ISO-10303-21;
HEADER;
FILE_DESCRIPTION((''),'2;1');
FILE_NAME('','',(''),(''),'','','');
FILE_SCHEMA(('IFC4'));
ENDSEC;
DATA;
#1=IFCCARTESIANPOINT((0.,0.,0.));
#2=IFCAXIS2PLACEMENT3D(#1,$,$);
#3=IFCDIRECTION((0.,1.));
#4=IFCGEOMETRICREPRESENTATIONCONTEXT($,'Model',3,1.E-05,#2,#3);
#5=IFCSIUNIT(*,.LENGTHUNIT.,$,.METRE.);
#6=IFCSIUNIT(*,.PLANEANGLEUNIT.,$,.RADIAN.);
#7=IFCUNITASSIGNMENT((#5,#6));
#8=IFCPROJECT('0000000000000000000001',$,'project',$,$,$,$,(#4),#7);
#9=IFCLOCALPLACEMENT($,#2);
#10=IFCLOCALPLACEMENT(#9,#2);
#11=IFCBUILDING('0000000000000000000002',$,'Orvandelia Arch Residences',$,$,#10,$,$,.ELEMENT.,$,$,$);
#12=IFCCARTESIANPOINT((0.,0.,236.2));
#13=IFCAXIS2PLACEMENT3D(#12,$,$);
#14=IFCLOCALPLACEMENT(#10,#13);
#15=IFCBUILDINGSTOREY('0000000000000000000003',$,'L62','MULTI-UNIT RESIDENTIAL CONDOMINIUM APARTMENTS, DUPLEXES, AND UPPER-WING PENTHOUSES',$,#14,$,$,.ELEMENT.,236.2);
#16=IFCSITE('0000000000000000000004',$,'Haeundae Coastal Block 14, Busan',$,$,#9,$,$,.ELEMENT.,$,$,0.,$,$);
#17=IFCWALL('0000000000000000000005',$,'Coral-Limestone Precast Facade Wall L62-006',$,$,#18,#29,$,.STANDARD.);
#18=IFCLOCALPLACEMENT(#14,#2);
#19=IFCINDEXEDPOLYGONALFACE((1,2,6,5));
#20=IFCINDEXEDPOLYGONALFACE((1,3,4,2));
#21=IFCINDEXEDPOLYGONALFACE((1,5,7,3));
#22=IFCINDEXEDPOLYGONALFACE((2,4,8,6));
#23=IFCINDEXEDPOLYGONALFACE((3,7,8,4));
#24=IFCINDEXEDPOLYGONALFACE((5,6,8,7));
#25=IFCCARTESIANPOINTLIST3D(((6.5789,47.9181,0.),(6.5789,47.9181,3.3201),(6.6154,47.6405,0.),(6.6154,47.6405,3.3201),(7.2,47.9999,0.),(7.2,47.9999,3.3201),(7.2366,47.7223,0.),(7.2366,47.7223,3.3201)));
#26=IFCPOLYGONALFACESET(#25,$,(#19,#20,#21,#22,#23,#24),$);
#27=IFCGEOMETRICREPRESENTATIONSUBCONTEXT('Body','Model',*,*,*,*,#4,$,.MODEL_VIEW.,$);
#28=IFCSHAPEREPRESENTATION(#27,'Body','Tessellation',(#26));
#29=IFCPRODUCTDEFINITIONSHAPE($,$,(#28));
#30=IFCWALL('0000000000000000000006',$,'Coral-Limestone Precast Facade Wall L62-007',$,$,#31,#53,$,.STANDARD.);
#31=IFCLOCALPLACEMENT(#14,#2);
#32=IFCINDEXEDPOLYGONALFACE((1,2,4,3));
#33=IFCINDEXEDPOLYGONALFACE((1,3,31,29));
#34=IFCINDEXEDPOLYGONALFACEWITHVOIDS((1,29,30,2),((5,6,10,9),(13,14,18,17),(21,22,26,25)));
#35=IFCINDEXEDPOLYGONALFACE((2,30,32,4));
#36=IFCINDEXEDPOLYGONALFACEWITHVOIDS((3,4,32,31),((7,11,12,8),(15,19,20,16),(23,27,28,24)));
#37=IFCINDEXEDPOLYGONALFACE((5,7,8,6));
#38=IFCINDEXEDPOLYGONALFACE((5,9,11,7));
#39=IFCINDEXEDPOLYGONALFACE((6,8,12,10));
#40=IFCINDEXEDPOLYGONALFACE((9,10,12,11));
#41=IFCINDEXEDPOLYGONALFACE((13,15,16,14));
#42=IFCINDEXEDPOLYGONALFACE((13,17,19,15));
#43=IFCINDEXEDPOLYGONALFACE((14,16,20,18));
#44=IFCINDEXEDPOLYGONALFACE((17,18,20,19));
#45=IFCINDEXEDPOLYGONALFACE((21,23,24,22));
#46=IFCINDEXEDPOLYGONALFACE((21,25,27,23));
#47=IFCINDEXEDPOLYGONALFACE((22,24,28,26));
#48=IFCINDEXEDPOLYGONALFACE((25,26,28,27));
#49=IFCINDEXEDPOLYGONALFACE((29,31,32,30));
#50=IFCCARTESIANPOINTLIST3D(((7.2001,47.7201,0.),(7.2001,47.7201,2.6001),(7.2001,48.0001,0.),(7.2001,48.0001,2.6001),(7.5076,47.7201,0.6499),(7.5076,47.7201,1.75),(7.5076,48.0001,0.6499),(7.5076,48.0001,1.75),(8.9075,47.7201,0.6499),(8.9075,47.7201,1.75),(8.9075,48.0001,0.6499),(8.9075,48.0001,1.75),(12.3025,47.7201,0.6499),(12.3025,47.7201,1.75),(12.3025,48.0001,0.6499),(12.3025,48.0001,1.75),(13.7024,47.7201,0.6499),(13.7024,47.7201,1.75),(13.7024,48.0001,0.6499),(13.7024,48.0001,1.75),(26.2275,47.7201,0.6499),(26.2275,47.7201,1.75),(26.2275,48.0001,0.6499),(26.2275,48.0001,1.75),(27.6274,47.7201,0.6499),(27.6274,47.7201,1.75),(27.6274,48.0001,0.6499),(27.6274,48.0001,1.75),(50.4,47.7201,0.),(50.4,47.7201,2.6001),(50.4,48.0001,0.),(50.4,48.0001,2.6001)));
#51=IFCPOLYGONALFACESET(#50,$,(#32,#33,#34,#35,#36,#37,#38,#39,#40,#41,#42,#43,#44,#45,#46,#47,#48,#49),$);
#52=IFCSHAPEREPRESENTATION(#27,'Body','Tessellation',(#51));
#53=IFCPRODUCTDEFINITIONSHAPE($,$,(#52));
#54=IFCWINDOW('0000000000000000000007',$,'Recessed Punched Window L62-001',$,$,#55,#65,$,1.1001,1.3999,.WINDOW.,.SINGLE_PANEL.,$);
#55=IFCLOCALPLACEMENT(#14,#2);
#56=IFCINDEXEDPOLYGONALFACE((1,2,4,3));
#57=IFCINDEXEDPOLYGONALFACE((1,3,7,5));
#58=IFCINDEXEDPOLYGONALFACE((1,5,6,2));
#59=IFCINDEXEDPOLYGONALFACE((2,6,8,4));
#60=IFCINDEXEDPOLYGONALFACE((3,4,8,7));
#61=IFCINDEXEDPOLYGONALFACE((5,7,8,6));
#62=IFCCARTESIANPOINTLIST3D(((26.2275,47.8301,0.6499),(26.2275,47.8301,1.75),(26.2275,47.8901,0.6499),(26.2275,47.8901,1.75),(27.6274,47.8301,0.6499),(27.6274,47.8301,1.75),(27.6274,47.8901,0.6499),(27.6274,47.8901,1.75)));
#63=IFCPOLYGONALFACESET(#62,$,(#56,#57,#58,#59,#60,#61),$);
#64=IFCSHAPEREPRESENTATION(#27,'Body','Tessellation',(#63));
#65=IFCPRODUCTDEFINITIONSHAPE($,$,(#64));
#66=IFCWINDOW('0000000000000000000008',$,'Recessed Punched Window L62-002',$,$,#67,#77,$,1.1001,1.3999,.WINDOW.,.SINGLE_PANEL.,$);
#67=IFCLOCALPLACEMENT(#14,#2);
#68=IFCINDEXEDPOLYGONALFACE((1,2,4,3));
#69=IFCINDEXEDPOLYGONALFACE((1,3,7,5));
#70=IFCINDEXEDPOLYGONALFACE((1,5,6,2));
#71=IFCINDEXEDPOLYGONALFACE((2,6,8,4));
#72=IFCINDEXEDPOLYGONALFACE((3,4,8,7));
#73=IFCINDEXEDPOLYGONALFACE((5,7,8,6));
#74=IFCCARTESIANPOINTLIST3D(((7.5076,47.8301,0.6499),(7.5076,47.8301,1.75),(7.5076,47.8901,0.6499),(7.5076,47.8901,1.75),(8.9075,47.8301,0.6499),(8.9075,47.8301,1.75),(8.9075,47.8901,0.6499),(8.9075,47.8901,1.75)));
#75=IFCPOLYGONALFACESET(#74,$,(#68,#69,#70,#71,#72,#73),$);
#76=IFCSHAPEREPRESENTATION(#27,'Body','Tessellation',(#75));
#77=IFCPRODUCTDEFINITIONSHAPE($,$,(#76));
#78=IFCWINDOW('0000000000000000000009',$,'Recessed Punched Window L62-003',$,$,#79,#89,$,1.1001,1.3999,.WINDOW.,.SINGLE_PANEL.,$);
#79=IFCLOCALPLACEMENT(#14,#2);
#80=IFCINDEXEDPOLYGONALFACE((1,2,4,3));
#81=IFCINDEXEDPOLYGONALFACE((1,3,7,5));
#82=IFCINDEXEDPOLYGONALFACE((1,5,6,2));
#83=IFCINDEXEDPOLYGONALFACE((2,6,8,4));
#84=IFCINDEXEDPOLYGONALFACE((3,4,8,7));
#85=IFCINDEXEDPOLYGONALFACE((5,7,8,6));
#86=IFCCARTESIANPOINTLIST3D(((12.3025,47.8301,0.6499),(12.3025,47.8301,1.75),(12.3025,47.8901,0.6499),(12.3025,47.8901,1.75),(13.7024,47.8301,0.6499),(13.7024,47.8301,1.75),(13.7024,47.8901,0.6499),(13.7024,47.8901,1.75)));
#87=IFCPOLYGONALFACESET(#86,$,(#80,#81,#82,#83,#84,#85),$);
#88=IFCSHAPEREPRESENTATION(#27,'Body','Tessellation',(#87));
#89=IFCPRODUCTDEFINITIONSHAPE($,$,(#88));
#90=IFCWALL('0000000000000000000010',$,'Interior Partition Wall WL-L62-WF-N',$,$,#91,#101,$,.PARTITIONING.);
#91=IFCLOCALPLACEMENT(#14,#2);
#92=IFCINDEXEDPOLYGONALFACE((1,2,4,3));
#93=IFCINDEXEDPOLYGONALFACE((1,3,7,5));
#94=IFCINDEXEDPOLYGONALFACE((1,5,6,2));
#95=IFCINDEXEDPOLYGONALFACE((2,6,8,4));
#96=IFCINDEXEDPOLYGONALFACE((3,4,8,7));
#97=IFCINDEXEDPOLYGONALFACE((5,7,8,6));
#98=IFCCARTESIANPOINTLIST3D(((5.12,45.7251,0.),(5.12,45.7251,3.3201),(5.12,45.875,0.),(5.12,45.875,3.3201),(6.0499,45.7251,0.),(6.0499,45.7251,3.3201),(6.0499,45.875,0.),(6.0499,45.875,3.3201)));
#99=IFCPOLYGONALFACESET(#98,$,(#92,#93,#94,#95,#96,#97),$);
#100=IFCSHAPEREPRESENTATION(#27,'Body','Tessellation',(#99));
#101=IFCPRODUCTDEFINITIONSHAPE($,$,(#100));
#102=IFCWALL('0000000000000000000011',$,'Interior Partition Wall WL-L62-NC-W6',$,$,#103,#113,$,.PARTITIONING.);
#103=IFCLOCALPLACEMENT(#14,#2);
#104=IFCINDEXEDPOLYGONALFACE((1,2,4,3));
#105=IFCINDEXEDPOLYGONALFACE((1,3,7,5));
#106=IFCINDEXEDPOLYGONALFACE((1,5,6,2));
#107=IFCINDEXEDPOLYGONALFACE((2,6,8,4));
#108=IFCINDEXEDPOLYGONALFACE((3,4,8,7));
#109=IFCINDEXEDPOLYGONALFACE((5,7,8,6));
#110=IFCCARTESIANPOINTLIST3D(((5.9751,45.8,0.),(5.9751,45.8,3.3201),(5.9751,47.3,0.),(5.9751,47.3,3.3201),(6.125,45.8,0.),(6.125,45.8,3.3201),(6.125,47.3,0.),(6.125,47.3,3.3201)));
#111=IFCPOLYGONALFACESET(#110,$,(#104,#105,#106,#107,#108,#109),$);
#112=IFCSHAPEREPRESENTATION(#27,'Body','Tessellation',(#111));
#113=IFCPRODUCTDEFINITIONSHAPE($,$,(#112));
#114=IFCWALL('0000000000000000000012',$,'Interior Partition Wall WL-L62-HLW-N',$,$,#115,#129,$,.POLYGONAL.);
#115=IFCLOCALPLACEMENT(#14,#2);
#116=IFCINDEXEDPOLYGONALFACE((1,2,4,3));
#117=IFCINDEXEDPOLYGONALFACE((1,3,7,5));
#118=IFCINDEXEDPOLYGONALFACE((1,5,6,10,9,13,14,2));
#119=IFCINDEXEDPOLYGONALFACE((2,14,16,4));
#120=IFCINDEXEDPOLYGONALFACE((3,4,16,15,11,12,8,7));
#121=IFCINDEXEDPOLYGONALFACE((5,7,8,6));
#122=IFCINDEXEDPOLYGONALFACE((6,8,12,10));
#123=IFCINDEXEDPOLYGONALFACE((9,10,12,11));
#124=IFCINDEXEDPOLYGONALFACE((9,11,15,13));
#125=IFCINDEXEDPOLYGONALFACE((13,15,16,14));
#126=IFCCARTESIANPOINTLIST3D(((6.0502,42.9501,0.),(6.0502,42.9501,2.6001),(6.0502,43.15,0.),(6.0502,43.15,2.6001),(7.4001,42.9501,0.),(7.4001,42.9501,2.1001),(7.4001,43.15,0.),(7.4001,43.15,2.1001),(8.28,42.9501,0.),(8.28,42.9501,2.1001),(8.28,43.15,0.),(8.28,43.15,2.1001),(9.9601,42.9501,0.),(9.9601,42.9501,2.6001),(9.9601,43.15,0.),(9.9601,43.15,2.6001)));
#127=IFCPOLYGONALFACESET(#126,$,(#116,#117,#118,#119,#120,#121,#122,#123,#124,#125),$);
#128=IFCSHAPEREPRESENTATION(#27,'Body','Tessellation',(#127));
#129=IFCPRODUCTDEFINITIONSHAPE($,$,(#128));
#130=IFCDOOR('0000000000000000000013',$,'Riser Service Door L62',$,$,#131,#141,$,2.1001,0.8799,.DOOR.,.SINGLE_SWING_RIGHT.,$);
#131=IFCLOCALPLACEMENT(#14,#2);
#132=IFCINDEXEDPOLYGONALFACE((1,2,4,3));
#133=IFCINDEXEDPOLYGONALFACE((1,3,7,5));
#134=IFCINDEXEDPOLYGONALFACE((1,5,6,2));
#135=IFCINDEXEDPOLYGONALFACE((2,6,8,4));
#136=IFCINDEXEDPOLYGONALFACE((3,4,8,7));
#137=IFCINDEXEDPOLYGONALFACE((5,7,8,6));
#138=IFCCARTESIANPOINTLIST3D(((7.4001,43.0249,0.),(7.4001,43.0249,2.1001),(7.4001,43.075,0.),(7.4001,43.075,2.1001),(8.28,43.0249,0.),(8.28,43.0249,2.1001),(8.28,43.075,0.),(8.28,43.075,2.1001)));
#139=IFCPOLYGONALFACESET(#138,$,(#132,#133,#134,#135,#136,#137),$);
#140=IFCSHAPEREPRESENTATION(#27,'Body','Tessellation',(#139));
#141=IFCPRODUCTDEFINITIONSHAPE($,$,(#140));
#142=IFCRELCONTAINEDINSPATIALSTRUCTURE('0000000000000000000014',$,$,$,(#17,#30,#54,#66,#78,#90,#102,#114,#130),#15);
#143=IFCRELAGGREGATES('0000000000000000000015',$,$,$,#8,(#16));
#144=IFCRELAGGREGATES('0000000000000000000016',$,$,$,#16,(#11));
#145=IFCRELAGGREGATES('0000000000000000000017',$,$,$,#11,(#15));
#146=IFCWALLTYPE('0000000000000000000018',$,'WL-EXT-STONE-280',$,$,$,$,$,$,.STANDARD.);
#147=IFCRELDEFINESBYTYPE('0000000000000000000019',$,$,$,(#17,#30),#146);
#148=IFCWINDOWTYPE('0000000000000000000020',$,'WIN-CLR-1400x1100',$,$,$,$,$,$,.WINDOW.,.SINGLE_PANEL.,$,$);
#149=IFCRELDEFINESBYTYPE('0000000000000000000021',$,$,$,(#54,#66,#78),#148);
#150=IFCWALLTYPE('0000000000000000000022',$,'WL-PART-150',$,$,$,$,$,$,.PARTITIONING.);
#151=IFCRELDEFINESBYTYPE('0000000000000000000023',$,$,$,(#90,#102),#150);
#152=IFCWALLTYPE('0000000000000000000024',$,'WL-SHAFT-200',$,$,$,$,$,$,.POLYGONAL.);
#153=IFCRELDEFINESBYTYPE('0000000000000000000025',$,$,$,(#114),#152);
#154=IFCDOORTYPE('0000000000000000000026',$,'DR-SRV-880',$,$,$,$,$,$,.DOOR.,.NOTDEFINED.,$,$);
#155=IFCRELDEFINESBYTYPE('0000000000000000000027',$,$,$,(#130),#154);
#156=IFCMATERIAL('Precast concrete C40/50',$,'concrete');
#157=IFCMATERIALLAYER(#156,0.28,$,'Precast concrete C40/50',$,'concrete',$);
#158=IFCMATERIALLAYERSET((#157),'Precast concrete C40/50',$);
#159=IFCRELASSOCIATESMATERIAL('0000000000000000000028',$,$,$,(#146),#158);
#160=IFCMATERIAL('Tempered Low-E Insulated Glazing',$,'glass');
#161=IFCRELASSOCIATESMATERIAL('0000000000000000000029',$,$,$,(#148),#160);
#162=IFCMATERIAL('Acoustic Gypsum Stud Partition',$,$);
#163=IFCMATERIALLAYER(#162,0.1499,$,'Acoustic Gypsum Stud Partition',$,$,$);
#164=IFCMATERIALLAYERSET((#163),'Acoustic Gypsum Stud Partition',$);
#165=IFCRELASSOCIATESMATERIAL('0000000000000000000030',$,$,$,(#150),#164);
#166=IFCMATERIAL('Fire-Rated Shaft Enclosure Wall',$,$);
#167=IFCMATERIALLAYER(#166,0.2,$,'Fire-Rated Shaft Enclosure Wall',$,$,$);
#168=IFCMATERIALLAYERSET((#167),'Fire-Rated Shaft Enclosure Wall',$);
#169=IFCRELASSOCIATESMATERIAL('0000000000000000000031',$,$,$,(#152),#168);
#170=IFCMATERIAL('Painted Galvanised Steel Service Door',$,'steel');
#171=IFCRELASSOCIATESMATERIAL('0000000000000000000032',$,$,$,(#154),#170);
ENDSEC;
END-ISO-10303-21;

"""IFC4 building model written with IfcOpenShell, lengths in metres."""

from ifc_helpers import new_model, si_unit, direction, frame, frame_2d, origin, place, context, subcontext, project, spatial, rectangle, extrude, material, layer, layer_set, type_object, element, fill, save


model = new_model("IFC4")

# Units and contexts
model_context = context("Model", 3, precision=1e-05, world=origin(), true_north=direction((0.0, 1.0)))
body_context = subcontext(model_context, "Body", "Model", "MODEL_VIEW")
ifc_project = project(units=[si_unit("LENGTHUNIT", "METRE"), si_unit("PLANEANGLEUNIT", "RADIAN")], contexts=[model_context])

# Site, building, storey
site_placement = place(None, origin())
site = spatial("IfcSite", under=ifc_project, at=site_placement, Name="Haeundae Coastal Block 14, Busan", CompositionType="ELEMENT", RefElevation=0.0)
building_placement = place(site_placement, origin())
building = spatial("IfcBuilding", under=site, at=building_placement, Name="Orvandelia Arch Residences", CompositionType="ELEMENT")
storey_placement = place(building_placement, frame((0.0, 0.0, 236.2)))
storey = spatial("IfcBuildingStorey", under=building, at=storey_placement, Name="L62", Description="MULTI-UNIT RESIDENTIAL CONDOMINIUM APARTMENTS, DUPLEXES, AND UPPER-WING PENTHOUSES", CompositionType="ELEMENT", Elevation=236.2)

# Wall
ifc_material_1 = material(Name="Precast concrete C40/50", Category="concrete")
ifc_layer_1 = layer(ifc_material_1, 0.28, Name="Precast concrete C40/50", Category="concrete")
ifc_layer_set_1 = layer_set([ifc_layer_1], Name="Precast concrete C40/50")
wall_type_1 = type_object("IfcWallType", Name="WL-EXT-STONE-280", PredefinedType="STANDARD", material=ifc_layer_set_1)
wall_1_placement = place(storey_placement, frame((6.5972, 47.7793, 0.0), z_axis=(0.0, 0.0, 1.0), x_axis=(0.991441, 0.130555, 0.0)))
element("IfcWall", 1, at=wall_1_placement, inside=storey, type_object=wall_type_1, Name="Coral-Limestone Precast Facade Wall L62-006", PredefinedType="STANDARD", context=body_context, shape_type="SweptSolid", body=[
    extrude(rectangle(XDim=0.6265, YDim=0.28, at=frame_2d((0.3132, 0.0))), origin(), (0.0, 0.0, 1.0), 3.3201),
])

# Wall, openings, windows
wall_2_placement = place(storey_placement, frame((7.2, 47.8601, 0.0), z_axis=(0.0, 0.0, 1.0), x_axis=(1.0, 0.0, 0.0)))
wall_2 = element("IfcWall", 2, at=wall_2_placement, inside=storey, type_object=wall_type_1, Name="Coral-Limestone Precast Facade Wall L62-007", PredefinedType="STANDARD", context=body_context, shape_type="SweptSolid", body=[
    extrude(rectangle(XDim=43.2, YDim=0.28, at=frame_2d((21.6001, 0.0))), origin(), (0.0, 0.0, 1.0), 2.6001),
])
opening_1_placement = place(wall_2_placement, frame((19.0276, 0.0, 0.6499)))
opening_1 = element("IfcOpeningElement", 3, at=opening_1_placement, cuts=wall_2, PredefinedType="OPENING", context=body_context, shape_type="SweptSolid", body=[
    extrude(rectangle(XDim=1.3999, YDim=1.1001, at=frame_2d((0.7, 0.55))), frame((0.0, 0.1499, 0.0), z_axis=(0.0, -1.0, 0.0), x_axis=(1.0, 0.0, 0.0)), (0.0, 0.0, 1.0), 0.3),
])
opening_2_placement = place(wall_2_placement, frame((0.3076, 0.0, 0.6499)))
opening_2 = element("IfcOpeningElement", 4, at=opening_2_placement, cuts=wall_2, PredefinedType="OPENING", context=body_context, shape_type="SweptSolid", body=[
    extrude(rectangle(XDim=1.3999, YDim=1.1001, at=frame_2d((0.7, 0.55))), frame((0.0, 0.1499, 0.0), z_axis=(0.0, -1.0, 0.0), x_axis=(1.0, 0.0, 0.0)), (0.0, 0.0, 1.0), 0.3),
])
opening_3_placement = place(wall_2_placement, frame((5.1025, 0.0, 0.6499)))
opening_3 = element("IfcOpeningElement", 5, at=opening_3_placement, cuts=wall_2, PredefinedType="OPENING", context=body_context, shape_type="SweptSolid", body=[
    extrude(rectangle(XDim=1.3999, YDim=1.1001, at=frame_2d((0.7, 0.55))), frame((0.0, 0.1499, 0.0), z_axis=(0.0, -1.0, 0.0), x_axis=(1.0, 0.0, 0.0)), (0.0, 0.0, 1.0), 0.3),
])
ifc_material_2 = material(Name="Tempered Low-E Insulated Glazing", Category="glass")
window_type = type_object("IfcWindowType", Name="WIN-CLR-1400x1100", PartitioningType="SINGLE_PANEL", PredefinedType="WINDOW", material=ifc_material_2)
window_1_placement = place(opening_1_placement, origin())
window_1 = element("IfcWindow", 6, at=window_1_placement, inside=storey, type_object=window_type, Name="Recessed Punched Window L62-001", OverallHeight=1.1001, OverallWidth=1.3999, PartitioningType="SINGLE_PANEL", PredefinedType="WINDOW", context=body_context, shape_type="SweptSolid", body=[
    extrude(rectangle(XDim=1.3999, YDim=1.1001, at=frame_2d((0.7, 0.55))), frame((0.0, 0.03, 0.0), z_axis=(0.0, -1.0, 0.0), x_axis=(1.0, 0.0, 0.0)), (0.0, 0.0, 1.0), 0.0601),
])
fill(opening_1, window_1)
window_2_placement = place(opening_2_placement, origin())
window_2 = element("IfcWindow", 7, at=window_2_placement, inside=storey, type_object=window_type, Name="Recessed Punched Window L62-002", OverallHeight=1.1001, OverallWidth=1.3999, PartitioningType="SINGLE_PANEL", PredefinedType="WINDOW", context=body_context, shape_type="SweptSolid", body=[
    extrude(rectangle(XDim=1.3999, YDim=1.1001, at=frame_2d((0.7, 0.55))), frame((0.0, 0.03, 0.0), z_axis=(0.0, -1.0, 0.0), x_axis=(1.0, 0.0, 0.0)), (0.0, 0.0, 1.0), 0.0601),
])
fill(opening_2, window_2)
window_3_placement = place(opening_3_placement, origin())
window_3 = element("IfcWindow", 8, at=window_3_placement, inside=storey, type_object=window_type, Name="Recessed Punched Window L62-003", OverallHeight=1.1001, OverallWidth=1.3999, PartitioningType="SINGLE_PANEL", PredefinedType="WINDOW", context=body_context, shape_type="SweptSolid", body=[
    extrude(rectangle(XDim=1.3999, YDim=1.1001, at=frame_2d((0.7, 0.55))), frame((0.0, 0.03, 0.0), z_axis=(0.0, -1.0, 0.0), x_axis=(1.0, 0.0, 0.0)), (0.0, 0.0, 1.0), 0.0601),
])
fill(opening_3, window_3)

# Walls
ifc_material_3 = material(Name="Acoustic Gypsum Stud Partition")
ifc_layer_2 = layer(ifc_material_3, 0.1499, Name="Acoustic Gypsum Stud Partition")
ifc_layer_set_2 = layer_set([ifc_layer_2], Name="Acoustic Gypsum Stud Partition")
wall_type_2 = type_object("IfcWallType", Name="WL-PART-150", PredefinedType="PARTITIONING", material=ifc_layer_set_2)
wall_3_placement = place(storey_placement, frame((5.1201, 45.8, 0.0), z_axis=(0.0, 0.0, 1.0), x_axis=(1.0, 0.0, 0.0)))
element("IfcWall", 9, at=wall_3_placement, inside=storey, type_object=wall_type_2, Name="Interior Partition Wall WL-L62-WF-N", PredefinedType="PARTITIONING", context=body_context, shape_type="SweptSolid", body=[
    extrude(rectangle(XDim=0.9299, YDim=0.1499, at=frame_2d((0.4648, 0.0))), origin(), (0.0, 0.0, 1.0), 3.3201),
])
wall_4_placement = place(storey_placement, frame((6.05, 45.8, 0.0), z_axis=(0.0, 0.0, 1.0), x_axis=(0.0, 1.0, 0.0)))
element("IfcWall", 10, at=wall_4_placement, inside=storey, type_object=wall_type_2, Name="Interior Partition Wall WL-L62-NC-W6", PredefinedType="PARTITIONING", context=body_context, shape_type="SweptSolid", body=[
    extrude(rectangle(XDim=1.5, YDim=0.1499, at=frame_2d((0.75, 0.0))), origin(), (0.0, 0.0, 1.0), 3.3201),
])

# Wall, opening, door
ifc_material_4 = material(Name="Fire-Rated Shaft Enclosure Wall")
ifc_layer_3 = layer(ifc_material_4, 0.2, Name="Fire-Rated Shaft Enclosure Wall")
ifc_layer_set_3 = layer_set([ifc_layer_3], Name="Fire-Rated Shaft Enclosure Wall")
wall_type_3 = type_object("IfcWallType", Name="WL-SHAFT-200", PredefinedType="POLYGONAL", material=ifc_layer_set_3)
wall_5_placement = place(storey_placement, frame((6.05, 43.05, 0.0), z_axis=(0.0, 0.0, 1.0), x_axis=(1.0, 0.0, 0.0)))
wall_5 = element("IfcWall", 11, at=wall_5_placement, inside=storey, type_object=wall_type_3, Name="Interior Partition Wall WL-L62-HLW-N", PredefinedType="POLYGONAL", context=body_context, shape_type="SweptSolid", body=[
    extrude(rectangle(XDim=3.9099, YDim=0.2, at=frame_2d((1.9551, 0.0))), origin(), (0.0, 0.0, 1.0), 2.6001),
])
opening_4_placement = place(wall_5_placement, frame((1.3501, 0.0, 0.0)))
opening_4 = element("IfcOpeningElement", 12, at=opening_4_placement, cuts=wall_5, PredefinedType="OPENING", context=body_context, shape_type="SweptSolid", body=[
    extrude(rectangle(XDim=0.8799, YDim=2.1001, at=frame_2d((0.4399, 1.05))), frame((0.0, 0.1099, 0.0), z_axis=(0.0, -1.0, 0.0), x_axis=(1.0, 0.0, 0.0)), (0.0, 0.0, 1.0), 0.22),
])
ifc_material_5 = material(Name="Painted Galvanised Steel Service Door", Category="steel")
door_type = type_object("IfcDoorType", Name="DR-SRV-880", OperationType="NOTDEFINED", PredefinedType="DOOR", material=ifc_material_5)
door_placement = place(opening_4_placement, origin())
door = element("IfcDoor", 13, at=door_placement, inside=storey, type_object=door_type, Name="Riser Service Door L62", OperationType="SINGLE_SWING_RIGHT", OverallHeight=2.1001, OverallWidth=0.8799, PredefinedType="DOOR", context=body_context, shape_type="SweptSolid", body=[
    extrude(rectangle(XDim=0.8799, YDim=2.1001, at=frame_2d((0.4399, 1.05))), frame((0.0, 0.0249, 0.0), z_axis=(0.0, -1.0, 0.0), x_axis=(1.0, 0.0, 0.0)), (0.0, 0.0, 1.0), 0.05),
])
fill(opening_4, door)

save(model, "model.ifc")
